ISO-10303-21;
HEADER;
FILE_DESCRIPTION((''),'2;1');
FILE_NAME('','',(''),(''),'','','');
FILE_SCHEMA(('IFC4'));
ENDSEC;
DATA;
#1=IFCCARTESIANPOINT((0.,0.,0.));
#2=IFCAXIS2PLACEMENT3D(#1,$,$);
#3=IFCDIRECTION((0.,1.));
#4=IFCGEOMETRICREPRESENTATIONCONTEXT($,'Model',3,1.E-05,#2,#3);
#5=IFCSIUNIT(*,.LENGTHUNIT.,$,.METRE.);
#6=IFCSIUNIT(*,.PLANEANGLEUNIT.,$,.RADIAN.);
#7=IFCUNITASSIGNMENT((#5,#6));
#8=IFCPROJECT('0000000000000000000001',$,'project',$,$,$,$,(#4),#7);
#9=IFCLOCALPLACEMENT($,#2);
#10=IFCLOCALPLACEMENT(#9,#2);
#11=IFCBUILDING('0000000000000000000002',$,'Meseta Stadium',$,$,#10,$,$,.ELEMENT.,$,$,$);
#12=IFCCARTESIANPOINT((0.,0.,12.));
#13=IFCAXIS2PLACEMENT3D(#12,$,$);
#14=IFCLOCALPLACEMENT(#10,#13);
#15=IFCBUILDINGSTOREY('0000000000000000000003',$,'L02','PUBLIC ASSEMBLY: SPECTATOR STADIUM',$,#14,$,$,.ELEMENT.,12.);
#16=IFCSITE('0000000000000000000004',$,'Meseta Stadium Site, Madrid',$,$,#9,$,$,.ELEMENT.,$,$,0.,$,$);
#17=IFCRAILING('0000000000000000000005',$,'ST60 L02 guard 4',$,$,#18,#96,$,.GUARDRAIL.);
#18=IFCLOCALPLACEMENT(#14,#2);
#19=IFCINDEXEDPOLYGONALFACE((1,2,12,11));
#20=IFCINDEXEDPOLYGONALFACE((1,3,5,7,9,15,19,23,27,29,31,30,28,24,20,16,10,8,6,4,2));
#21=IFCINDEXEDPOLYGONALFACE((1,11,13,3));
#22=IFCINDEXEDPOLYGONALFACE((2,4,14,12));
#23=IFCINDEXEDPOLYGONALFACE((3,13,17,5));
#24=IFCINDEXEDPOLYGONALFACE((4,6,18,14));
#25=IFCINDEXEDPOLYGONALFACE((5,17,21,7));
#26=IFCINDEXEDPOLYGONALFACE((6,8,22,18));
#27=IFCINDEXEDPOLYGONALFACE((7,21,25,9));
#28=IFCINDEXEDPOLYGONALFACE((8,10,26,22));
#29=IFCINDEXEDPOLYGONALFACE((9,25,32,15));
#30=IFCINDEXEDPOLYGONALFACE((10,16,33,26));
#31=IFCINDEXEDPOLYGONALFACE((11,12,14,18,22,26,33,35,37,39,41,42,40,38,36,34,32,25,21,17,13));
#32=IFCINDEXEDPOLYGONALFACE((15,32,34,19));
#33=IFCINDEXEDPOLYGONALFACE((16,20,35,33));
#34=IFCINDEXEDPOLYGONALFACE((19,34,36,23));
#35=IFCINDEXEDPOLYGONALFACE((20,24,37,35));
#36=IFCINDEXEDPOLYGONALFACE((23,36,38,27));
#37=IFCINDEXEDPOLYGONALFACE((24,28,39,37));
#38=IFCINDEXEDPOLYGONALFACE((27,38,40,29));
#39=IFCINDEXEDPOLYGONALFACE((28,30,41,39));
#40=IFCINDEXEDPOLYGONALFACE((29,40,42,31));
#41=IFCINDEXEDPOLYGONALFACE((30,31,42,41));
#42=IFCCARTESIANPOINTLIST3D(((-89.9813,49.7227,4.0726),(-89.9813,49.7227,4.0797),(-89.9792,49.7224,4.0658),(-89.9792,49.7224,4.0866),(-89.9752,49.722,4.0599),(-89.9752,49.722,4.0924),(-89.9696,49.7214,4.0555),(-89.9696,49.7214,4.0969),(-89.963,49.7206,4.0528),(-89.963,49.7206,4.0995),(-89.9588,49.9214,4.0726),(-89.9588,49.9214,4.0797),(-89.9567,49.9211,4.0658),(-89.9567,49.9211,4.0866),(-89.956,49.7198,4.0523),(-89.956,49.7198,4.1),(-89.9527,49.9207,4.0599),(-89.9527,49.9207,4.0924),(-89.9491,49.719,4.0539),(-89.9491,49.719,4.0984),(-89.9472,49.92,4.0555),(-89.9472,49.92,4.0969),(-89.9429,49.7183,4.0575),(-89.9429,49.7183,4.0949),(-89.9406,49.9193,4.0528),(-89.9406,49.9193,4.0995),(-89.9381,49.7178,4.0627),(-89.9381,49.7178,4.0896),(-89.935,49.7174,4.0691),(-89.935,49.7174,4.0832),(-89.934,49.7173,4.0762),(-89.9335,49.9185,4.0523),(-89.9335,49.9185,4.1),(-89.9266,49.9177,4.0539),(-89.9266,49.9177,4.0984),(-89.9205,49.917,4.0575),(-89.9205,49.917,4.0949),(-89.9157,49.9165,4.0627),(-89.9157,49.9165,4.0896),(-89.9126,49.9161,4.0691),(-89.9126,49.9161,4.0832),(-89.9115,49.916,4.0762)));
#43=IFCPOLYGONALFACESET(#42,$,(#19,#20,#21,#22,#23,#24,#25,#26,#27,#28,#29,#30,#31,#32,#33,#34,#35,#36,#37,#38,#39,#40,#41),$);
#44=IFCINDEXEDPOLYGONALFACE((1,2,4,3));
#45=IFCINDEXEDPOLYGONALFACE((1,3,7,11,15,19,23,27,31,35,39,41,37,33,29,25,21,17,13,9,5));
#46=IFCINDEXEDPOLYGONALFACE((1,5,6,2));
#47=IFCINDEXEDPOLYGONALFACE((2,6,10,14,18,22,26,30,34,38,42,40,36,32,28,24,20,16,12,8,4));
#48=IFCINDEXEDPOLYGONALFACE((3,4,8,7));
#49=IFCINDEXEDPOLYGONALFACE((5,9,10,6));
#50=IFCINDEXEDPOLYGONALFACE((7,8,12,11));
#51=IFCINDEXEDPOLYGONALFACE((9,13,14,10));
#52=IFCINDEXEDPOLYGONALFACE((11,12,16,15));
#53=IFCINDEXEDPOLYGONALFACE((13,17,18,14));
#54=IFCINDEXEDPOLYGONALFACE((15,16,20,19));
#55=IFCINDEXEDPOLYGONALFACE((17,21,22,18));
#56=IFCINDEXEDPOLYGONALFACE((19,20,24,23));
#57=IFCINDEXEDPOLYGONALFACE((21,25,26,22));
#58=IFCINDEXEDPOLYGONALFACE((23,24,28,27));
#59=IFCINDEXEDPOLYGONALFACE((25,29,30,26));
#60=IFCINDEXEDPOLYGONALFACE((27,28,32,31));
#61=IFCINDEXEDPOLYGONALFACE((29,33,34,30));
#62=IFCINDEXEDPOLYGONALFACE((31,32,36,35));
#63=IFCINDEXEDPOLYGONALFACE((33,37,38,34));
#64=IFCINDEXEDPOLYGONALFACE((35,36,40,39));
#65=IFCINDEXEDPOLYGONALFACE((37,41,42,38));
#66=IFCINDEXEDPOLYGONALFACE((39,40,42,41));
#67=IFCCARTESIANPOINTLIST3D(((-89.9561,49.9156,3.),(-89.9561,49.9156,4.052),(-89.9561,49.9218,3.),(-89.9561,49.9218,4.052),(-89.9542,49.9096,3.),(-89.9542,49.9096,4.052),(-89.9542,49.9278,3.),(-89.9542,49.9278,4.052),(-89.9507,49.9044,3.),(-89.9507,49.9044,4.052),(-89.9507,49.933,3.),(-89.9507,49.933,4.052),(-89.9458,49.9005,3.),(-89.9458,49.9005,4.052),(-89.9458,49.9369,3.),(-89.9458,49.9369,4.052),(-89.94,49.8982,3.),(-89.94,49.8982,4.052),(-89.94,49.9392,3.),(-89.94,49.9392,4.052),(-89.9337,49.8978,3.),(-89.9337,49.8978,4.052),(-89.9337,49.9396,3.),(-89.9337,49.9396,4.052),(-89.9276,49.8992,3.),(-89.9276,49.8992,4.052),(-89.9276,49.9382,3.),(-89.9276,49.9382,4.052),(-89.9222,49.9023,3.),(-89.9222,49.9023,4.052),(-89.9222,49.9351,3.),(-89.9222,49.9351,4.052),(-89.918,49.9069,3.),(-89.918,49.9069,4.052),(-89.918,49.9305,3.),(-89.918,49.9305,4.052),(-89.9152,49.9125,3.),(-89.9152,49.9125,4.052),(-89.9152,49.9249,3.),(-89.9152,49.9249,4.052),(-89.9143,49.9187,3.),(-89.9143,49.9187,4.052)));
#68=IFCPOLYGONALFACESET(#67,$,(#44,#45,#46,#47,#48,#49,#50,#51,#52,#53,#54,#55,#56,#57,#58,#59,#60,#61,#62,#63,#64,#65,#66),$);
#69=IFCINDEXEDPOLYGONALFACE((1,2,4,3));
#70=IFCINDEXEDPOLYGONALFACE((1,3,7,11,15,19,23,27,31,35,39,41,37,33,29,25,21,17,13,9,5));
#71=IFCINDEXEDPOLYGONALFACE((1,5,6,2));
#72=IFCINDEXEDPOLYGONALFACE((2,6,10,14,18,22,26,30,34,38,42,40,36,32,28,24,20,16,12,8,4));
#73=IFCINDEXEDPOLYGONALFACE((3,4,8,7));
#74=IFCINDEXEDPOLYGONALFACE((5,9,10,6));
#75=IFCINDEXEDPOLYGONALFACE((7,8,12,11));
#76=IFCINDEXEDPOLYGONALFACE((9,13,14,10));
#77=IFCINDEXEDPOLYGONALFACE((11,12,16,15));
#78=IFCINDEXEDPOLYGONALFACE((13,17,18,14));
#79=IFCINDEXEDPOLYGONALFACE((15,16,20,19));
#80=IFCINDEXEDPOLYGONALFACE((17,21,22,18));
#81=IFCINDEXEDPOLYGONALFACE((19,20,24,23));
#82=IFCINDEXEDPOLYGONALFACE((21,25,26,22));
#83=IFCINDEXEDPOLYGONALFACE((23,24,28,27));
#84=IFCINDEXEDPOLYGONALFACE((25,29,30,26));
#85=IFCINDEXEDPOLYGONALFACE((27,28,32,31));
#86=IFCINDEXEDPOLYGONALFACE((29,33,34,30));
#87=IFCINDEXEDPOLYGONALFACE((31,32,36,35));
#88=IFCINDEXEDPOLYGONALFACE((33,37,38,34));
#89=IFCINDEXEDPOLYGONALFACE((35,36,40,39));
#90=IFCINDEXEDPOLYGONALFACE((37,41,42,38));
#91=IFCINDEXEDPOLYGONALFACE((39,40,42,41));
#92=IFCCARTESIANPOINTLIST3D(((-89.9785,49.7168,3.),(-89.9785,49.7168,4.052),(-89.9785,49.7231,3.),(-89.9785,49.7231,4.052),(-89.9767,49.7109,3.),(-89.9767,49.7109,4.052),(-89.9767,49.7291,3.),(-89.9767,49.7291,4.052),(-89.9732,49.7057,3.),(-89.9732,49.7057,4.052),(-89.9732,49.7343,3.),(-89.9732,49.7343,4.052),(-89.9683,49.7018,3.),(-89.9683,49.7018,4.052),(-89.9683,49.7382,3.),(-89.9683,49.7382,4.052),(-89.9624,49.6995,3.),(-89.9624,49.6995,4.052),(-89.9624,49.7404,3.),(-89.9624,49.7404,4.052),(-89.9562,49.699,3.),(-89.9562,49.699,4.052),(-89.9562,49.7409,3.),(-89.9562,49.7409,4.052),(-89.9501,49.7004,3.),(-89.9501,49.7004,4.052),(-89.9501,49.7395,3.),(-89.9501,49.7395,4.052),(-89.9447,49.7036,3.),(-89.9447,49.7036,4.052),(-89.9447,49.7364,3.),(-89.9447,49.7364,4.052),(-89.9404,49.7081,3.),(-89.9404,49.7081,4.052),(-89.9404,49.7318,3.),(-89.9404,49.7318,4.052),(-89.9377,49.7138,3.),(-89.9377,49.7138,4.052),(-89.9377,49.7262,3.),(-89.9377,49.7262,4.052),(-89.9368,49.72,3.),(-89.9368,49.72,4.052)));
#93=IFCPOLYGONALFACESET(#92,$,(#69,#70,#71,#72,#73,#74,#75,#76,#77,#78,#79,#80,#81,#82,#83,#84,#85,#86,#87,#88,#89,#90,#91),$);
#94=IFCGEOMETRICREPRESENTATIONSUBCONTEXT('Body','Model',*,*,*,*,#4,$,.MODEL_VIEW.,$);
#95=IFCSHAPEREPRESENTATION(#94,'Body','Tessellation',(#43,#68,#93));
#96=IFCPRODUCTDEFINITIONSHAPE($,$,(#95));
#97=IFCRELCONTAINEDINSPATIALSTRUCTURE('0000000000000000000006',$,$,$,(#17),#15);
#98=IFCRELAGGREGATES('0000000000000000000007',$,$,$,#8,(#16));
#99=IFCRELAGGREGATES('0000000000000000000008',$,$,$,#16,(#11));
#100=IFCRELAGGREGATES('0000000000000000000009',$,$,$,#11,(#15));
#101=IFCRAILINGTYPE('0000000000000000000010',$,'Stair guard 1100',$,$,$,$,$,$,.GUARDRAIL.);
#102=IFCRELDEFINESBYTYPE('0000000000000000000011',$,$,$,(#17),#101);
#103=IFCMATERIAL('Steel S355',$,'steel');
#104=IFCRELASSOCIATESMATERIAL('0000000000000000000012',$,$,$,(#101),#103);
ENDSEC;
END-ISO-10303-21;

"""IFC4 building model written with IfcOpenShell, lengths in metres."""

from ifc_helpers import new_model, si_unit, direction, frame, origin, origin_2d, place, context, subcontext, project, spatial, circle, extrude, material, type_object, element, save


model = new_model("IFC4")

# Units and contexts
model_context = context("Model", 3, precision=1e-05, world=origin(), true_north=direction((0.0, 1.0)))
body_context = subcontext(model_context, "Body", "Model", "MODEL_VIEW")
ifc_project = project(units=[si_unit("LENGTHUNIT", "METRE"), si_unit("PLANEANGLEUNIT", "RADIAN")], contexts=[model_context])

# Site, building, storey
site_placement = place(None, origin())
site = spatial("IfcSite", under=ifc_project, at=site_placement, Name="Meseta Stadium Site, Madrid", CompositionType="ELEMENT", RefElevation=0.0)
building_placement = place(site_placement, origin())
building = spatial("IfcBuilding", under=site, at=building_placement, Name="Meseta Stadium", CompositionType="ELEMENT")
storey_placement = place(building_placement, frame((0.0, 0.0, 12.0)))
storey = spatial("IfcBuildingStorey", under=building, at=storey_placement, Name="L02", Description="PUBLIC ASSEMBLY: SPECTATOR STADIUM", CompositionType="ELEMENT", Elevation=12.0)

# Railing
ifc_material_1 = material(Name="Steel S355", Category="steel")
railing_type_1 = type_object("IfcRailingType", Name="Stair guard 1100", PredefinedType="GUARDRAIL", material=ifc_material_1)
railing_1_placement = place(storey_placement, frame((-89.9353, 49.9187, 3.0)))
element("IfcRailing", 1, at=railing_1_placement, inside=storey, type_object=railing_type_1, Name="ST60 L02 guard 4", PredefinedType="GUARDRAIL", context=body_context, shape_type="SweptSolid", body=[
    extrude(circle(Radius=0.0239, at=origin_2d()), frame((0.0, 0.0, 1.0762), z_axis=(-0.112307, -0.993674, 0.0), x_axis=(0.993674, -0.112307, 0.0)), (0.0, 0.0, 1.0), 0.2),
    extrude(circle(Radius=0.021, at=origin_2d()), origin(), (0.0, 0.0, 1.0), 1.052),
    extrude(circle(Radius=0.021, at=origin_2d()), frame((-0.0225, -0.1987, 0.0)), (0.0, 0.0, 1.0), 1.052),
])

save(model, "model.ifc")
